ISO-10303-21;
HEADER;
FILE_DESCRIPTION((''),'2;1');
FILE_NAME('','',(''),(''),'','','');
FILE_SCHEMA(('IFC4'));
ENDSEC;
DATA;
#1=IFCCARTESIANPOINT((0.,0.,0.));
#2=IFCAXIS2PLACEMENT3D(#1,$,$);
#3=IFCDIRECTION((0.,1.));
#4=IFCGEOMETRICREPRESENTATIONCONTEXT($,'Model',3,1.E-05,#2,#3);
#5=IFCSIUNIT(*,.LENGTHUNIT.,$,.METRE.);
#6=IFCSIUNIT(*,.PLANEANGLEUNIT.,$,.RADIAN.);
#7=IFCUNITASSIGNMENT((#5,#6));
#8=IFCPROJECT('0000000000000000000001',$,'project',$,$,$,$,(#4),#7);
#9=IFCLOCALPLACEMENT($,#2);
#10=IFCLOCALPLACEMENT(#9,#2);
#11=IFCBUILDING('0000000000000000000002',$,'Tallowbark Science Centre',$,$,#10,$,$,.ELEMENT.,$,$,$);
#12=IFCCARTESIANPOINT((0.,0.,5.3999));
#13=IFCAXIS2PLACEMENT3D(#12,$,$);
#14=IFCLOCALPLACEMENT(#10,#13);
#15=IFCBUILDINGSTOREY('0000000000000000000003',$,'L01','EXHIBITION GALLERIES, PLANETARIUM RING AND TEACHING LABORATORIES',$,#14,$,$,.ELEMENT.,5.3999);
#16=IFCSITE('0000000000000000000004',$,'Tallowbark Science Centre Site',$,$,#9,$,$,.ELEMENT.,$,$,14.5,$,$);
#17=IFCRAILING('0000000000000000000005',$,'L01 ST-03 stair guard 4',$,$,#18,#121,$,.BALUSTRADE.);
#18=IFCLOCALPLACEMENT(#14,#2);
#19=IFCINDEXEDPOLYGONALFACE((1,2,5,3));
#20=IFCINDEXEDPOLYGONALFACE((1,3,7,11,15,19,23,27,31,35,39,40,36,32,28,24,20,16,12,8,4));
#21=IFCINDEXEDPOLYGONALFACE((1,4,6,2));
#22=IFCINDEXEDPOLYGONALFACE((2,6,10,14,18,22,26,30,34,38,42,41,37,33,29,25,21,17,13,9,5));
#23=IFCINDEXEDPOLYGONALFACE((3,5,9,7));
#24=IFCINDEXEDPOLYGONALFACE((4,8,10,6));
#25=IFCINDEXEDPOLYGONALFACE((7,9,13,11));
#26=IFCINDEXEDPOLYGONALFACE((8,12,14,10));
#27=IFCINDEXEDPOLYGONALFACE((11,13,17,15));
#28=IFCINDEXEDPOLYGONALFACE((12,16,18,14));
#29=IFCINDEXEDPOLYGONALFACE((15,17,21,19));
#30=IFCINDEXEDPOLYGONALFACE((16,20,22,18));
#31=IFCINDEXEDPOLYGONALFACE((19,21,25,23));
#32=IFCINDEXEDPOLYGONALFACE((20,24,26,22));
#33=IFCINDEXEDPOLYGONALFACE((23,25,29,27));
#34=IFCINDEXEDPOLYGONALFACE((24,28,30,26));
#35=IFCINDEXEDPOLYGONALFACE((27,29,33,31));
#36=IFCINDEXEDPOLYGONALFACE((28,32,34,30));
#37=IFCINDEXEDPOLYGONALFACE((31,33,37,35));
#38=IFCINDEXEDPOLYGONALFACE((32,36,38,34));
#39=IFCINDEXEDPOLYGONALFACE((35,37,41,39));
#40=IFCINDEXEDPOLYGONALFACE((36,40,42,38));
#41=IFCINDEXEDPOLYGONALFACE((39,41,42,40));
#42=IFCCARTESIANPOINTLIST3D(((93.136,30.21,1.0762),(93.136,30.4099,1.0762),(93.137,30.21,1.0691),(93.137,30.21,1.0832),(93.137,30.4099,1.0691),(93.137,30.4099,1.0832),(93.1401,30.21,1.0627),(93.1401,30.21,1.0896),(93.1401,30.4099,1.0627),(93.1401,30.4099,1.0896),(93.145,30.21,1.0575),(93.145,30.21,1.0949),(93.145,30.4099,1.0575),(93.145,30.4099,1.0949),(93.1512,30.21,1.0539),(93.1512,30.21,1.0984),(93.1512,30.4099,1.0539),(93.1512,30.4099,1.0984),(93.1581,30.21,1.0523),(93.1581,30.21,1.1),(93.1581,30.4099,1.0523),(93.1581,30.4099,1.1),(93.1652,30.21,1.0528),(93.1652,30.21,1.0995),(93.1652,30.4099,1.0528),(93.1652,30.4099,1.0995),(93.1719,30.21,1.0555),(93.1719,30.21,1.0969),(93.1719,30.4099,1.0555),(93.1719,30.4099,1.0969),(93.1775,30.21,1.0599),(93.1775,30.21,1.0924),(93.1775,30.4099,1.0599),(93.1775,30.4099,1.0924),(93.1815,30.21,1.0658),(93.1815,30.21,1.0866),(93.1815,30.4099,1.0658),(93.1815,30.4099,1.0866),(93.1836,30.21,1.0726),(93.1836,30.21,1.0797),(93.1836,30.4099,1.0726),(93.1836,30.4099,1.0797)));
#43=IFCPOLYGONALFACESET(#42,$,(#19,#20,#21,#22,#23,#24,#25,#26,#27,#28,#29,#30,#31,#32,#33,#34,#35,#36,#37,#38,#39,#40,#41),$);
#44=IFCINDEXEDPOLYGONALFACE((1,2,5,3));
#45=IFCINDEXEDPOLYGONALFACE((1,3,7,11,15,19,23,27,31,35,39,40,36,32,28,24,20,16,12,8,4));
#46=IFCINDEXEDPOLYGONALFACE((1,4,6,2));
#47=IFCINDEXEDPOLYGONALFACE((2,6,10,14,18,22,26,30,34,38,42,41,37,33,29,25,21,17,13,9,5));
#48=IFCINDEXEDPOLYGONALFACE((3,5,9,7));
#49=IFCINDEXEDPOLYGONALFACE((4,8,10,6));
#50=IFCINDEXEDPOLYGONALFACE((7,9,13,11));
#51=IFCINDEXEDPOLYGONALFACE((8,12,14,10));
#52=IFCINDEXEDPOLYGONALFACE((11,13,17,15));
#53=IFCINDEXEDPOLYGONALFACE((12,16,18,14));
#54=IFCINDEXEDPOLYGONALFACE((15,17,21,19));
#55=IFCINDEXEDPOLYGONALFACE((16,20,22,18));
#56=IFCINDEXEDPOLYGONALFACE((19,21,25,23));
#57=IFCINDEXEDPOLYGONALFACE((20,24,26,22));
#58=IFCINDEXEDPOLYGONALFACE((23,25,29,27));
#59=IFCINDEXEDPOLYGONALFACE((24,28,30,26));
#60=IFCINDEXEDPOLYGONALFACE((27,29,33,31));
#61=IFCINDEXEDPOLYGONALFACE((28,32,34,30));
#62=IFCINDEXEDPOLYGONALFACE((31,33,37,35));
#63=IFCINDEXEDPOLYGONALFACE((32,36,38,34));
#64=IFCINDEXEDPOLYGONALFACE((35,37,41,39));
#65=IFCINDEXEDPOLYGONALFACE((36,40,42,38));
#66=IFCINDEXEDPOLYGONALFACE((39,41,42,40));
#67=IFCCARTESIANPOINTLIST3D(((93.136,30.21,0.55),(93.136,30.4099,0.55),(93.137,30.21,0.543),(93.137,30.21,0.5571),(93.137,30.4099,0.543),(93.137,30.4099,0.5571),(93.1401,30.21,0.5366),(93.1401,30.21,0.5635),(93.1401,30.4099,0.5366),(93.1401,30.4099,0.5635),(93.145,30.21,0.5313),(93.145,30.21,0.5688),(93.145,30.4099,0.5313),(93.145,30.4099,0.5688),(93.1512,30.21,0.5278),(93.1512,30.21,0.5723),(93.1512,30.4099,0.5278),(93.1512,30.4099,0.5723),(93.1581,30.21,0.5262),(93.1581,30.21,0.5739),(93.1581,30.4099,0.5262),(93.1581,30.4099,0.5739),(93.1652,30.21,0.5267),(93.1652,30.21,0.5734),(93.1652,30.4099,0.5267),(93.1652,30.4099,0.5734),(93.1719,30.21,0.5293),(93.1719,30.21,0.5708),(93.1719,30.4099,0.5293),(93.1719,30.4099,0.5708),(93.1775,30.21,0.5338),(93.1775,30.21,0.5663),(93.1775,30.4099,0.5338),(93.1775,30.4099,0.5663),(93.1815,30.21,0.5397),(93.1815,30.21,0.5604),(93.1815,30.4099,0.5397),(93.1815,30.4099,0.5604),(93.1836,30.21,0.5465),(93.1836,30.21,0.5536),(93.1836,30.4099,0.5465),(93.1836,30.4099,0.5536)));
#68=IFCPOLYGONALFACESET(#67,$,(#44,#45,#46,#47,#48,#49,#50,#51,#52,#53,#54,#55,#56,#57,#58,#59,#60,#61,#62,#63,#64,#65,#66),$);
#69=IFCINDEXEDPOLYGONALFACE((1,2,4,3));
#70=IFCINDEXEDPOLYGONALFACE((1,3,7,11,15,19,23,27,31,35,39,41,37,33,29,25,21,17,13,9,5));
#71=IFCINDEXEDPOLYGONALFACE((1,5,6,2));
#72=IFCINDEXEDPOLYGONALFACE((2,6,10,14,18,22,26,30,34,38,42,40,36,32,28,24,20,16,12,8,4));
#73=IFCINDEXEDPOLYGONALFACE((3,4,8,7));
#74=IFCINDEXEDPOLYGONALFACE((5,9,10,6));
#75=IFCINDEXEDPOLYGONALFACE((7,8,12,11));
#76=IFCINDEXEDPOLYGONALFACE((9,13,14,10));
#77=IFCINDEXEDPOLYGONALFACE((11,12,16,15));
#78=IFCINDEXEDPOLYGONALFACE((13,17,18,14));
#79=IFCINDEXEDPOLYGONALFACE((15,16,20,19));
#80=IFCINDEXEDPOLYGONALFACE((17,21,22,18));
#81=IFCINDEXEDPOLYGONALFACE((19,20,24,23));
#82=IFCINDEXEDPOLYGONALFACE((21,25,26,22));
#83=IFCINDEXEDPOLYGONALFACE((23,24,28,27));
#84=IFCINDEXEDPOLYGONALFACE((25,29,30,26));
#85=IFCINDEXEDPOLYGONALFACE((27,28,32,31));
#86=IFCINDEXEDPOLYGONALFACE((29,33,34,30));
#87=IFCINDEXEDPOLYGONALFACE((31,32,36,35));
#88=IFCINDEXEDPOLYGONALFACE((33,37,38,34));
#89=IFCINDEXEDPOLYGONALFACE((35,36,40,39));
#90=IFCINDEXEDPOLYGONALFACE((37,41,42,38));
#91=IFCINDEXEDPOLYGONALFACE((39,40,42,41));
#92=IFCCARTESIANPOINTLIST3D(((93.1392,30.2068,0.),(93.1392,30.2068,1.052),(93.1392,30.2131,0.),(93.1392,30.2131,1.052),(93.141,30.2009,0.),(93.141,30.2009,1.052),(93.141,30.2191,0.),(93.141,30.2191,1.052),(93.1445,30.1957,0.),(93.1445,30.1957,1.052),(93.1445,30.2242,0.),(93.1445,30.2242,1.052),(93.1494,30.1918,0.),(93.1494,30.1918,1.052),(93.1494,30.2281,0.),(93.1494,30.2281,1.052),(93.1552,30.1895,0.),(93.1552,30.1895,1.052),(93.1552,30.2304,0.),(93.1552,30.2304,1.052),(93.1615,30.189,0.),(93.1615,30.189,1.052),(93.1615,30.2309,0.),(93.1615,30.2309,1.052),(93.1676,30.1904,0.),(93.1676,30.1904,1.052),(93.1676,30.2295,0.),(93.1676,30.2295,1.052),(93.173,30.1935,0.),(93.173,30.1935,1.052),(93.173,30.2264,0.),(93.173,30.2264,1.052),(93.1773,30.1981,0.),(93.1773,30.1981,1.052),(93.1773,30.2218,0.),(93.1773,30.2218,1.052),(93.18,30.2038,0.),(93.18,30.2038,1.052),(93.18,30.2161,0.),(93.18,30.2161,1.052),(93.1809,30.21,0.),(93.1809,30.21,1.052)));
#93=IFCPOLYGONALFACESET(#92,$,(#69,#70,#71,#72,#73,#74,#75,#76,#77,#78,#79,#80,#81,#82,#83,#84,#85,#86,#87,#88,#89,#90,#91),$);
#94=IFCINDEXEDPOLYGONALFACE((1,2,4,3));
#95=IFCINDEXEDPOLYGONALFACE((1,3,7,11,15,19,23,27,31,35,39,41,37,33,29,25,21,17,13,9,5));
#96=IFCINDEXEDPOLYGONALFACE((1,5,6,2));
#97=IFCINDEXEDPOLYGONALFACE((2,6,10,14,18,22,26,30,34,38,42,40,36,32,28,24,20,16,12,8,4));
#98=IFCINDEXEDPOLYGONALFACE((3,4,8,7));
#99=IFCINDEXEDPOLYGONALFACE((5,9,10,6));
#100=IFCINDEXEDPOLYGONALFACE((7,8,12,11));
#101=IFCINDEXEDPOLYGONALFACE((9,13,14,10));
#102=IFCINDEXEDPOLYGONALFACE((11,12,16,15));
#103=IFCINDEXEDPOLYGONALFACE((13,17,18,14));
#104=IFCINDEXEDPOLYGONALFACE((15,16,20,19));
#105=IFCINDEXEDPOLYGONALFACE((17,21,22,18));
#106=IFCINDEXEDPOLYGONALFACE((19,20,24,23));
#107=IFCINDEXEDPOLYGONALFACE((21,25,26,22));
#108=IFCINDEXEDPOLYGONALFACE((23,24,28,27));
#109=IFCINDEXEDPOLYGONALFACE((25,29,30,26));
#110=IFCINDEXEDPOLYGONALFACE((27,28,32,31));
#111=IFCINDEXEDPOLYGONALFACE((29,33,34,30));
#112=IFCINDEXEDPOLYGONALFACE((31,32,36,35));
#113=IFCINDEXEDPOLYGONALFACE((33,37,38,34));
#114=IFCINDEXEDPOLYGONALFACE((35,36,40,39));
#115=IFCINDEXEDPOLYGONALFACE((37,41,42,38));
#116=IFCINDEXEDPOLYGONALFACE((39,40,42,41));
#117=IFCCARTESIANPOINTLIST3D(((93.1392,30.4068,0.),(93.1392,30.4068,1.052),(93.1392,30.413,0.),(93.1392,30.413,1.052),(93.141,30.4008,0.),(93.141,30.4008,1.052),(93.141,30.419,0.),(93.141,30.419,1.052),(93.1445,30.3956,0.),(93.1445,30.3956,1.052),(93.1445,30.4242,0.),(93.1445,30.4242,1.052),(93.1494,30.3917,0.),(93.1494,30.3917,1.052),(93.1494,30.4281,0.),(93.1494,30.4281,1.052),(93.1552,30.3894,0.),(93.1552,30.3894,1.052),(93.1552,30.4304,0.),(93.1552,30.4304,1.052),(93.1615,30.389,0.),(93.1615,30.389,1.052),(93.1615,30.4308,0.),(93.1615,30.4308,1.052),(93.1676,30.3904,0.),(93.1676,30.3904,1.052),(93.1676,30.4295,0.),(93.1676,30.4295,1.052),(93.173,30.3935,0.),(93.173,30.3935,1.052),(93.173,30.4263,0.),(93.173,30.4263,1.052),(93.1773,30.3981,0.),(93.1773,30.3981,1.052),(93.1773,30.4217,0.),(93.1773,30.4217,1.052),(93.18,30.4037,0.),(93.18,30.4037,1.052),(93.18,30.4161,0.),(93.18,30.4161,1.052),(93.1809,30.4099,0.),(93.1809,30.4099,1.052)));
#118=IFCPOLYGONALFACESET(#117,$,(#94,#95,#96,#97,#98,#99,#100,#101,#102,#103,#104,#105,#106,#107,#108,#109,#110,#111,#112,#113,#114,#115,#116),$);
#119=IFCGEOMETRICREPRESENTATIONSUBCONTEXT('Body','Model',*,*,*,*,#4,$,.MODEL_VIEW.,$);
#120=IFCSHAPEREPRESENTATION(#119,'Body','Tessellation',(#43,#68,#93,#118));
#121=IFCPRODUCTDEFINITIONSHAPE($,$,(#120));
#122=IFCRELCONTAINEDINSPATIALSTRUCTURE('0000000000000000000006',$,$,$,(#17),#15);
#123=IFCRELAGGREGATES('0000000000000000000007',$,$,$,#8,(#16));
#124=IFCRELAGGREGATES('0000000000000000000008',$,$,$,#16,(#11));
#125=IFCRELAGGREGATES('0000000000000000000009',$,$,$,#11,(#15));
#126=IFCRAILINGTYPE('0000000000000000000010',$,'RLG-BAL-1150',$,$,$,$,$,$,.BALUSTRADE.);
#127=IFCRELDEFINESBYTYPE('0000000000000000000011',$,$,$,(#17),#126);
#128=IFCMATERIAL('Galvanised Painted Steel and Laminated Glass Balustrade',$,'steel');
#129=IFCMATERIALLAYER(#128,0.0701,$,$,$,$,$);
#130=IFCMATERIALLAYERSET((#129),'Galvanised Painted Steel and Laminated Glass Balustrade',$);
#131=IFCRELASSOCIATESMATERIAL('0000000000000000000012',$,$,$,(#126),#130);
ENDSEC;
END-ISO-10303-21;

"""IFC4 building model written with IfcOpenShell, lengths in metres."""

from ifc_helpers import new_model, si_unit, direction, frame, origin, origin_2d, place, context, subcontext, project, spatial, circle, extrude, material, layer, layer_set, type_object, element, save


model = new_model("IFC4")

# Units and contexts
model_context = context("Model", 3, precision=1e-05, world=origin(), true_north=direction((0.0, 1.0)))
body_context = subcontext(model_context, "Body", "Model", "MODEL_VIEW")
ifc_project = project(units=[si_unit("LENGTHUNIT", "METRE"), si_unit("PLANEANGLEUNIT", "RADIAN")], contexts=[model_context])

# Site, building, storey
site_placement = place(None, origin())
site = spatial("IfcSite", under=ifc_project, at=site_placement, Name="Tallowbark Science Centre Site", CompositionType="ELEMENT", RefElevation=14.5)
building_placement = place(site_placement, origin())
building = spatial("IfcBuilding", under=site, at=building_placement, Name="Tallowbark Science Centre", CompositionType="ELEMENT")
storey_placement = place(building_placement, frame((0.0, 0.0, 5.3999)))
storey = spatial("IfcBuildingStorey", under=building, at=storey_placement, Name="L01", Description="EXHIBITION GALLERIES, PLANETARIUM RING AND TEACHING LABORATORIES", CompositionType="ELEMENT", Elevation=5.3999)

# Railing
ifc_material_1 = material(Name="Galvanised Painted Steel and Laminated Glass Balustrade", Category="steel")
ifc_layer_1 = layer(ifc_material_1, 0.0701)
ifc_layer_set_1 = layer_set([ifc_layer_1], Name="Galvanised Painted Steel and Laminated Glass Balustrade")
railing_type_1 = type_object("IfcRailingType", Name="RLG-BAL-1150", PredefinedType="BALUSTRADE", material=ifc_layer_set_1)
railing_1_placement = place(storey_placement, frame((93.1599, 30.21, 0.0)))
element("IfcRailing", 1, at=railing_1_placement, inside=storey, type_object=railing_type_1, Name="L01 ST-03 stair guard 4", PredefinedType="BALUSTRADE", context=body_context, shape_type="SweptSolid", body=[
    extrude(circle(Radius=0.0239, at=origin_2d()), frame((0.0, 0.0, 1.0762), z_axis=(0.0, 1.0, 0.0), x_axis=(-1.0, 0.0, 0.0)), (0.0, 0.0, 1.0), 0.2),
    extrude(circle(Radius=0.0239, at=origin_2d()), frame((0.0, 0.0, 0.55), z_axis=(0.0, 1.0, 0.0), x_axis=(-1.0, 0.0, 0.0)), (0.0, 0.0, 1.0), 0.2),
    extrude(circle(Radius=0.021, at=origin_2d()), origin(), (0.0, 0.0, 1.0), 1.052),
    extrude(circle(Radius=0.021, at=origin_2d()), frame((0.0, 0.2, 0.0)), (0.0, 0.0, 1.0), 1.052),
])

save(model, "model.ifc")
